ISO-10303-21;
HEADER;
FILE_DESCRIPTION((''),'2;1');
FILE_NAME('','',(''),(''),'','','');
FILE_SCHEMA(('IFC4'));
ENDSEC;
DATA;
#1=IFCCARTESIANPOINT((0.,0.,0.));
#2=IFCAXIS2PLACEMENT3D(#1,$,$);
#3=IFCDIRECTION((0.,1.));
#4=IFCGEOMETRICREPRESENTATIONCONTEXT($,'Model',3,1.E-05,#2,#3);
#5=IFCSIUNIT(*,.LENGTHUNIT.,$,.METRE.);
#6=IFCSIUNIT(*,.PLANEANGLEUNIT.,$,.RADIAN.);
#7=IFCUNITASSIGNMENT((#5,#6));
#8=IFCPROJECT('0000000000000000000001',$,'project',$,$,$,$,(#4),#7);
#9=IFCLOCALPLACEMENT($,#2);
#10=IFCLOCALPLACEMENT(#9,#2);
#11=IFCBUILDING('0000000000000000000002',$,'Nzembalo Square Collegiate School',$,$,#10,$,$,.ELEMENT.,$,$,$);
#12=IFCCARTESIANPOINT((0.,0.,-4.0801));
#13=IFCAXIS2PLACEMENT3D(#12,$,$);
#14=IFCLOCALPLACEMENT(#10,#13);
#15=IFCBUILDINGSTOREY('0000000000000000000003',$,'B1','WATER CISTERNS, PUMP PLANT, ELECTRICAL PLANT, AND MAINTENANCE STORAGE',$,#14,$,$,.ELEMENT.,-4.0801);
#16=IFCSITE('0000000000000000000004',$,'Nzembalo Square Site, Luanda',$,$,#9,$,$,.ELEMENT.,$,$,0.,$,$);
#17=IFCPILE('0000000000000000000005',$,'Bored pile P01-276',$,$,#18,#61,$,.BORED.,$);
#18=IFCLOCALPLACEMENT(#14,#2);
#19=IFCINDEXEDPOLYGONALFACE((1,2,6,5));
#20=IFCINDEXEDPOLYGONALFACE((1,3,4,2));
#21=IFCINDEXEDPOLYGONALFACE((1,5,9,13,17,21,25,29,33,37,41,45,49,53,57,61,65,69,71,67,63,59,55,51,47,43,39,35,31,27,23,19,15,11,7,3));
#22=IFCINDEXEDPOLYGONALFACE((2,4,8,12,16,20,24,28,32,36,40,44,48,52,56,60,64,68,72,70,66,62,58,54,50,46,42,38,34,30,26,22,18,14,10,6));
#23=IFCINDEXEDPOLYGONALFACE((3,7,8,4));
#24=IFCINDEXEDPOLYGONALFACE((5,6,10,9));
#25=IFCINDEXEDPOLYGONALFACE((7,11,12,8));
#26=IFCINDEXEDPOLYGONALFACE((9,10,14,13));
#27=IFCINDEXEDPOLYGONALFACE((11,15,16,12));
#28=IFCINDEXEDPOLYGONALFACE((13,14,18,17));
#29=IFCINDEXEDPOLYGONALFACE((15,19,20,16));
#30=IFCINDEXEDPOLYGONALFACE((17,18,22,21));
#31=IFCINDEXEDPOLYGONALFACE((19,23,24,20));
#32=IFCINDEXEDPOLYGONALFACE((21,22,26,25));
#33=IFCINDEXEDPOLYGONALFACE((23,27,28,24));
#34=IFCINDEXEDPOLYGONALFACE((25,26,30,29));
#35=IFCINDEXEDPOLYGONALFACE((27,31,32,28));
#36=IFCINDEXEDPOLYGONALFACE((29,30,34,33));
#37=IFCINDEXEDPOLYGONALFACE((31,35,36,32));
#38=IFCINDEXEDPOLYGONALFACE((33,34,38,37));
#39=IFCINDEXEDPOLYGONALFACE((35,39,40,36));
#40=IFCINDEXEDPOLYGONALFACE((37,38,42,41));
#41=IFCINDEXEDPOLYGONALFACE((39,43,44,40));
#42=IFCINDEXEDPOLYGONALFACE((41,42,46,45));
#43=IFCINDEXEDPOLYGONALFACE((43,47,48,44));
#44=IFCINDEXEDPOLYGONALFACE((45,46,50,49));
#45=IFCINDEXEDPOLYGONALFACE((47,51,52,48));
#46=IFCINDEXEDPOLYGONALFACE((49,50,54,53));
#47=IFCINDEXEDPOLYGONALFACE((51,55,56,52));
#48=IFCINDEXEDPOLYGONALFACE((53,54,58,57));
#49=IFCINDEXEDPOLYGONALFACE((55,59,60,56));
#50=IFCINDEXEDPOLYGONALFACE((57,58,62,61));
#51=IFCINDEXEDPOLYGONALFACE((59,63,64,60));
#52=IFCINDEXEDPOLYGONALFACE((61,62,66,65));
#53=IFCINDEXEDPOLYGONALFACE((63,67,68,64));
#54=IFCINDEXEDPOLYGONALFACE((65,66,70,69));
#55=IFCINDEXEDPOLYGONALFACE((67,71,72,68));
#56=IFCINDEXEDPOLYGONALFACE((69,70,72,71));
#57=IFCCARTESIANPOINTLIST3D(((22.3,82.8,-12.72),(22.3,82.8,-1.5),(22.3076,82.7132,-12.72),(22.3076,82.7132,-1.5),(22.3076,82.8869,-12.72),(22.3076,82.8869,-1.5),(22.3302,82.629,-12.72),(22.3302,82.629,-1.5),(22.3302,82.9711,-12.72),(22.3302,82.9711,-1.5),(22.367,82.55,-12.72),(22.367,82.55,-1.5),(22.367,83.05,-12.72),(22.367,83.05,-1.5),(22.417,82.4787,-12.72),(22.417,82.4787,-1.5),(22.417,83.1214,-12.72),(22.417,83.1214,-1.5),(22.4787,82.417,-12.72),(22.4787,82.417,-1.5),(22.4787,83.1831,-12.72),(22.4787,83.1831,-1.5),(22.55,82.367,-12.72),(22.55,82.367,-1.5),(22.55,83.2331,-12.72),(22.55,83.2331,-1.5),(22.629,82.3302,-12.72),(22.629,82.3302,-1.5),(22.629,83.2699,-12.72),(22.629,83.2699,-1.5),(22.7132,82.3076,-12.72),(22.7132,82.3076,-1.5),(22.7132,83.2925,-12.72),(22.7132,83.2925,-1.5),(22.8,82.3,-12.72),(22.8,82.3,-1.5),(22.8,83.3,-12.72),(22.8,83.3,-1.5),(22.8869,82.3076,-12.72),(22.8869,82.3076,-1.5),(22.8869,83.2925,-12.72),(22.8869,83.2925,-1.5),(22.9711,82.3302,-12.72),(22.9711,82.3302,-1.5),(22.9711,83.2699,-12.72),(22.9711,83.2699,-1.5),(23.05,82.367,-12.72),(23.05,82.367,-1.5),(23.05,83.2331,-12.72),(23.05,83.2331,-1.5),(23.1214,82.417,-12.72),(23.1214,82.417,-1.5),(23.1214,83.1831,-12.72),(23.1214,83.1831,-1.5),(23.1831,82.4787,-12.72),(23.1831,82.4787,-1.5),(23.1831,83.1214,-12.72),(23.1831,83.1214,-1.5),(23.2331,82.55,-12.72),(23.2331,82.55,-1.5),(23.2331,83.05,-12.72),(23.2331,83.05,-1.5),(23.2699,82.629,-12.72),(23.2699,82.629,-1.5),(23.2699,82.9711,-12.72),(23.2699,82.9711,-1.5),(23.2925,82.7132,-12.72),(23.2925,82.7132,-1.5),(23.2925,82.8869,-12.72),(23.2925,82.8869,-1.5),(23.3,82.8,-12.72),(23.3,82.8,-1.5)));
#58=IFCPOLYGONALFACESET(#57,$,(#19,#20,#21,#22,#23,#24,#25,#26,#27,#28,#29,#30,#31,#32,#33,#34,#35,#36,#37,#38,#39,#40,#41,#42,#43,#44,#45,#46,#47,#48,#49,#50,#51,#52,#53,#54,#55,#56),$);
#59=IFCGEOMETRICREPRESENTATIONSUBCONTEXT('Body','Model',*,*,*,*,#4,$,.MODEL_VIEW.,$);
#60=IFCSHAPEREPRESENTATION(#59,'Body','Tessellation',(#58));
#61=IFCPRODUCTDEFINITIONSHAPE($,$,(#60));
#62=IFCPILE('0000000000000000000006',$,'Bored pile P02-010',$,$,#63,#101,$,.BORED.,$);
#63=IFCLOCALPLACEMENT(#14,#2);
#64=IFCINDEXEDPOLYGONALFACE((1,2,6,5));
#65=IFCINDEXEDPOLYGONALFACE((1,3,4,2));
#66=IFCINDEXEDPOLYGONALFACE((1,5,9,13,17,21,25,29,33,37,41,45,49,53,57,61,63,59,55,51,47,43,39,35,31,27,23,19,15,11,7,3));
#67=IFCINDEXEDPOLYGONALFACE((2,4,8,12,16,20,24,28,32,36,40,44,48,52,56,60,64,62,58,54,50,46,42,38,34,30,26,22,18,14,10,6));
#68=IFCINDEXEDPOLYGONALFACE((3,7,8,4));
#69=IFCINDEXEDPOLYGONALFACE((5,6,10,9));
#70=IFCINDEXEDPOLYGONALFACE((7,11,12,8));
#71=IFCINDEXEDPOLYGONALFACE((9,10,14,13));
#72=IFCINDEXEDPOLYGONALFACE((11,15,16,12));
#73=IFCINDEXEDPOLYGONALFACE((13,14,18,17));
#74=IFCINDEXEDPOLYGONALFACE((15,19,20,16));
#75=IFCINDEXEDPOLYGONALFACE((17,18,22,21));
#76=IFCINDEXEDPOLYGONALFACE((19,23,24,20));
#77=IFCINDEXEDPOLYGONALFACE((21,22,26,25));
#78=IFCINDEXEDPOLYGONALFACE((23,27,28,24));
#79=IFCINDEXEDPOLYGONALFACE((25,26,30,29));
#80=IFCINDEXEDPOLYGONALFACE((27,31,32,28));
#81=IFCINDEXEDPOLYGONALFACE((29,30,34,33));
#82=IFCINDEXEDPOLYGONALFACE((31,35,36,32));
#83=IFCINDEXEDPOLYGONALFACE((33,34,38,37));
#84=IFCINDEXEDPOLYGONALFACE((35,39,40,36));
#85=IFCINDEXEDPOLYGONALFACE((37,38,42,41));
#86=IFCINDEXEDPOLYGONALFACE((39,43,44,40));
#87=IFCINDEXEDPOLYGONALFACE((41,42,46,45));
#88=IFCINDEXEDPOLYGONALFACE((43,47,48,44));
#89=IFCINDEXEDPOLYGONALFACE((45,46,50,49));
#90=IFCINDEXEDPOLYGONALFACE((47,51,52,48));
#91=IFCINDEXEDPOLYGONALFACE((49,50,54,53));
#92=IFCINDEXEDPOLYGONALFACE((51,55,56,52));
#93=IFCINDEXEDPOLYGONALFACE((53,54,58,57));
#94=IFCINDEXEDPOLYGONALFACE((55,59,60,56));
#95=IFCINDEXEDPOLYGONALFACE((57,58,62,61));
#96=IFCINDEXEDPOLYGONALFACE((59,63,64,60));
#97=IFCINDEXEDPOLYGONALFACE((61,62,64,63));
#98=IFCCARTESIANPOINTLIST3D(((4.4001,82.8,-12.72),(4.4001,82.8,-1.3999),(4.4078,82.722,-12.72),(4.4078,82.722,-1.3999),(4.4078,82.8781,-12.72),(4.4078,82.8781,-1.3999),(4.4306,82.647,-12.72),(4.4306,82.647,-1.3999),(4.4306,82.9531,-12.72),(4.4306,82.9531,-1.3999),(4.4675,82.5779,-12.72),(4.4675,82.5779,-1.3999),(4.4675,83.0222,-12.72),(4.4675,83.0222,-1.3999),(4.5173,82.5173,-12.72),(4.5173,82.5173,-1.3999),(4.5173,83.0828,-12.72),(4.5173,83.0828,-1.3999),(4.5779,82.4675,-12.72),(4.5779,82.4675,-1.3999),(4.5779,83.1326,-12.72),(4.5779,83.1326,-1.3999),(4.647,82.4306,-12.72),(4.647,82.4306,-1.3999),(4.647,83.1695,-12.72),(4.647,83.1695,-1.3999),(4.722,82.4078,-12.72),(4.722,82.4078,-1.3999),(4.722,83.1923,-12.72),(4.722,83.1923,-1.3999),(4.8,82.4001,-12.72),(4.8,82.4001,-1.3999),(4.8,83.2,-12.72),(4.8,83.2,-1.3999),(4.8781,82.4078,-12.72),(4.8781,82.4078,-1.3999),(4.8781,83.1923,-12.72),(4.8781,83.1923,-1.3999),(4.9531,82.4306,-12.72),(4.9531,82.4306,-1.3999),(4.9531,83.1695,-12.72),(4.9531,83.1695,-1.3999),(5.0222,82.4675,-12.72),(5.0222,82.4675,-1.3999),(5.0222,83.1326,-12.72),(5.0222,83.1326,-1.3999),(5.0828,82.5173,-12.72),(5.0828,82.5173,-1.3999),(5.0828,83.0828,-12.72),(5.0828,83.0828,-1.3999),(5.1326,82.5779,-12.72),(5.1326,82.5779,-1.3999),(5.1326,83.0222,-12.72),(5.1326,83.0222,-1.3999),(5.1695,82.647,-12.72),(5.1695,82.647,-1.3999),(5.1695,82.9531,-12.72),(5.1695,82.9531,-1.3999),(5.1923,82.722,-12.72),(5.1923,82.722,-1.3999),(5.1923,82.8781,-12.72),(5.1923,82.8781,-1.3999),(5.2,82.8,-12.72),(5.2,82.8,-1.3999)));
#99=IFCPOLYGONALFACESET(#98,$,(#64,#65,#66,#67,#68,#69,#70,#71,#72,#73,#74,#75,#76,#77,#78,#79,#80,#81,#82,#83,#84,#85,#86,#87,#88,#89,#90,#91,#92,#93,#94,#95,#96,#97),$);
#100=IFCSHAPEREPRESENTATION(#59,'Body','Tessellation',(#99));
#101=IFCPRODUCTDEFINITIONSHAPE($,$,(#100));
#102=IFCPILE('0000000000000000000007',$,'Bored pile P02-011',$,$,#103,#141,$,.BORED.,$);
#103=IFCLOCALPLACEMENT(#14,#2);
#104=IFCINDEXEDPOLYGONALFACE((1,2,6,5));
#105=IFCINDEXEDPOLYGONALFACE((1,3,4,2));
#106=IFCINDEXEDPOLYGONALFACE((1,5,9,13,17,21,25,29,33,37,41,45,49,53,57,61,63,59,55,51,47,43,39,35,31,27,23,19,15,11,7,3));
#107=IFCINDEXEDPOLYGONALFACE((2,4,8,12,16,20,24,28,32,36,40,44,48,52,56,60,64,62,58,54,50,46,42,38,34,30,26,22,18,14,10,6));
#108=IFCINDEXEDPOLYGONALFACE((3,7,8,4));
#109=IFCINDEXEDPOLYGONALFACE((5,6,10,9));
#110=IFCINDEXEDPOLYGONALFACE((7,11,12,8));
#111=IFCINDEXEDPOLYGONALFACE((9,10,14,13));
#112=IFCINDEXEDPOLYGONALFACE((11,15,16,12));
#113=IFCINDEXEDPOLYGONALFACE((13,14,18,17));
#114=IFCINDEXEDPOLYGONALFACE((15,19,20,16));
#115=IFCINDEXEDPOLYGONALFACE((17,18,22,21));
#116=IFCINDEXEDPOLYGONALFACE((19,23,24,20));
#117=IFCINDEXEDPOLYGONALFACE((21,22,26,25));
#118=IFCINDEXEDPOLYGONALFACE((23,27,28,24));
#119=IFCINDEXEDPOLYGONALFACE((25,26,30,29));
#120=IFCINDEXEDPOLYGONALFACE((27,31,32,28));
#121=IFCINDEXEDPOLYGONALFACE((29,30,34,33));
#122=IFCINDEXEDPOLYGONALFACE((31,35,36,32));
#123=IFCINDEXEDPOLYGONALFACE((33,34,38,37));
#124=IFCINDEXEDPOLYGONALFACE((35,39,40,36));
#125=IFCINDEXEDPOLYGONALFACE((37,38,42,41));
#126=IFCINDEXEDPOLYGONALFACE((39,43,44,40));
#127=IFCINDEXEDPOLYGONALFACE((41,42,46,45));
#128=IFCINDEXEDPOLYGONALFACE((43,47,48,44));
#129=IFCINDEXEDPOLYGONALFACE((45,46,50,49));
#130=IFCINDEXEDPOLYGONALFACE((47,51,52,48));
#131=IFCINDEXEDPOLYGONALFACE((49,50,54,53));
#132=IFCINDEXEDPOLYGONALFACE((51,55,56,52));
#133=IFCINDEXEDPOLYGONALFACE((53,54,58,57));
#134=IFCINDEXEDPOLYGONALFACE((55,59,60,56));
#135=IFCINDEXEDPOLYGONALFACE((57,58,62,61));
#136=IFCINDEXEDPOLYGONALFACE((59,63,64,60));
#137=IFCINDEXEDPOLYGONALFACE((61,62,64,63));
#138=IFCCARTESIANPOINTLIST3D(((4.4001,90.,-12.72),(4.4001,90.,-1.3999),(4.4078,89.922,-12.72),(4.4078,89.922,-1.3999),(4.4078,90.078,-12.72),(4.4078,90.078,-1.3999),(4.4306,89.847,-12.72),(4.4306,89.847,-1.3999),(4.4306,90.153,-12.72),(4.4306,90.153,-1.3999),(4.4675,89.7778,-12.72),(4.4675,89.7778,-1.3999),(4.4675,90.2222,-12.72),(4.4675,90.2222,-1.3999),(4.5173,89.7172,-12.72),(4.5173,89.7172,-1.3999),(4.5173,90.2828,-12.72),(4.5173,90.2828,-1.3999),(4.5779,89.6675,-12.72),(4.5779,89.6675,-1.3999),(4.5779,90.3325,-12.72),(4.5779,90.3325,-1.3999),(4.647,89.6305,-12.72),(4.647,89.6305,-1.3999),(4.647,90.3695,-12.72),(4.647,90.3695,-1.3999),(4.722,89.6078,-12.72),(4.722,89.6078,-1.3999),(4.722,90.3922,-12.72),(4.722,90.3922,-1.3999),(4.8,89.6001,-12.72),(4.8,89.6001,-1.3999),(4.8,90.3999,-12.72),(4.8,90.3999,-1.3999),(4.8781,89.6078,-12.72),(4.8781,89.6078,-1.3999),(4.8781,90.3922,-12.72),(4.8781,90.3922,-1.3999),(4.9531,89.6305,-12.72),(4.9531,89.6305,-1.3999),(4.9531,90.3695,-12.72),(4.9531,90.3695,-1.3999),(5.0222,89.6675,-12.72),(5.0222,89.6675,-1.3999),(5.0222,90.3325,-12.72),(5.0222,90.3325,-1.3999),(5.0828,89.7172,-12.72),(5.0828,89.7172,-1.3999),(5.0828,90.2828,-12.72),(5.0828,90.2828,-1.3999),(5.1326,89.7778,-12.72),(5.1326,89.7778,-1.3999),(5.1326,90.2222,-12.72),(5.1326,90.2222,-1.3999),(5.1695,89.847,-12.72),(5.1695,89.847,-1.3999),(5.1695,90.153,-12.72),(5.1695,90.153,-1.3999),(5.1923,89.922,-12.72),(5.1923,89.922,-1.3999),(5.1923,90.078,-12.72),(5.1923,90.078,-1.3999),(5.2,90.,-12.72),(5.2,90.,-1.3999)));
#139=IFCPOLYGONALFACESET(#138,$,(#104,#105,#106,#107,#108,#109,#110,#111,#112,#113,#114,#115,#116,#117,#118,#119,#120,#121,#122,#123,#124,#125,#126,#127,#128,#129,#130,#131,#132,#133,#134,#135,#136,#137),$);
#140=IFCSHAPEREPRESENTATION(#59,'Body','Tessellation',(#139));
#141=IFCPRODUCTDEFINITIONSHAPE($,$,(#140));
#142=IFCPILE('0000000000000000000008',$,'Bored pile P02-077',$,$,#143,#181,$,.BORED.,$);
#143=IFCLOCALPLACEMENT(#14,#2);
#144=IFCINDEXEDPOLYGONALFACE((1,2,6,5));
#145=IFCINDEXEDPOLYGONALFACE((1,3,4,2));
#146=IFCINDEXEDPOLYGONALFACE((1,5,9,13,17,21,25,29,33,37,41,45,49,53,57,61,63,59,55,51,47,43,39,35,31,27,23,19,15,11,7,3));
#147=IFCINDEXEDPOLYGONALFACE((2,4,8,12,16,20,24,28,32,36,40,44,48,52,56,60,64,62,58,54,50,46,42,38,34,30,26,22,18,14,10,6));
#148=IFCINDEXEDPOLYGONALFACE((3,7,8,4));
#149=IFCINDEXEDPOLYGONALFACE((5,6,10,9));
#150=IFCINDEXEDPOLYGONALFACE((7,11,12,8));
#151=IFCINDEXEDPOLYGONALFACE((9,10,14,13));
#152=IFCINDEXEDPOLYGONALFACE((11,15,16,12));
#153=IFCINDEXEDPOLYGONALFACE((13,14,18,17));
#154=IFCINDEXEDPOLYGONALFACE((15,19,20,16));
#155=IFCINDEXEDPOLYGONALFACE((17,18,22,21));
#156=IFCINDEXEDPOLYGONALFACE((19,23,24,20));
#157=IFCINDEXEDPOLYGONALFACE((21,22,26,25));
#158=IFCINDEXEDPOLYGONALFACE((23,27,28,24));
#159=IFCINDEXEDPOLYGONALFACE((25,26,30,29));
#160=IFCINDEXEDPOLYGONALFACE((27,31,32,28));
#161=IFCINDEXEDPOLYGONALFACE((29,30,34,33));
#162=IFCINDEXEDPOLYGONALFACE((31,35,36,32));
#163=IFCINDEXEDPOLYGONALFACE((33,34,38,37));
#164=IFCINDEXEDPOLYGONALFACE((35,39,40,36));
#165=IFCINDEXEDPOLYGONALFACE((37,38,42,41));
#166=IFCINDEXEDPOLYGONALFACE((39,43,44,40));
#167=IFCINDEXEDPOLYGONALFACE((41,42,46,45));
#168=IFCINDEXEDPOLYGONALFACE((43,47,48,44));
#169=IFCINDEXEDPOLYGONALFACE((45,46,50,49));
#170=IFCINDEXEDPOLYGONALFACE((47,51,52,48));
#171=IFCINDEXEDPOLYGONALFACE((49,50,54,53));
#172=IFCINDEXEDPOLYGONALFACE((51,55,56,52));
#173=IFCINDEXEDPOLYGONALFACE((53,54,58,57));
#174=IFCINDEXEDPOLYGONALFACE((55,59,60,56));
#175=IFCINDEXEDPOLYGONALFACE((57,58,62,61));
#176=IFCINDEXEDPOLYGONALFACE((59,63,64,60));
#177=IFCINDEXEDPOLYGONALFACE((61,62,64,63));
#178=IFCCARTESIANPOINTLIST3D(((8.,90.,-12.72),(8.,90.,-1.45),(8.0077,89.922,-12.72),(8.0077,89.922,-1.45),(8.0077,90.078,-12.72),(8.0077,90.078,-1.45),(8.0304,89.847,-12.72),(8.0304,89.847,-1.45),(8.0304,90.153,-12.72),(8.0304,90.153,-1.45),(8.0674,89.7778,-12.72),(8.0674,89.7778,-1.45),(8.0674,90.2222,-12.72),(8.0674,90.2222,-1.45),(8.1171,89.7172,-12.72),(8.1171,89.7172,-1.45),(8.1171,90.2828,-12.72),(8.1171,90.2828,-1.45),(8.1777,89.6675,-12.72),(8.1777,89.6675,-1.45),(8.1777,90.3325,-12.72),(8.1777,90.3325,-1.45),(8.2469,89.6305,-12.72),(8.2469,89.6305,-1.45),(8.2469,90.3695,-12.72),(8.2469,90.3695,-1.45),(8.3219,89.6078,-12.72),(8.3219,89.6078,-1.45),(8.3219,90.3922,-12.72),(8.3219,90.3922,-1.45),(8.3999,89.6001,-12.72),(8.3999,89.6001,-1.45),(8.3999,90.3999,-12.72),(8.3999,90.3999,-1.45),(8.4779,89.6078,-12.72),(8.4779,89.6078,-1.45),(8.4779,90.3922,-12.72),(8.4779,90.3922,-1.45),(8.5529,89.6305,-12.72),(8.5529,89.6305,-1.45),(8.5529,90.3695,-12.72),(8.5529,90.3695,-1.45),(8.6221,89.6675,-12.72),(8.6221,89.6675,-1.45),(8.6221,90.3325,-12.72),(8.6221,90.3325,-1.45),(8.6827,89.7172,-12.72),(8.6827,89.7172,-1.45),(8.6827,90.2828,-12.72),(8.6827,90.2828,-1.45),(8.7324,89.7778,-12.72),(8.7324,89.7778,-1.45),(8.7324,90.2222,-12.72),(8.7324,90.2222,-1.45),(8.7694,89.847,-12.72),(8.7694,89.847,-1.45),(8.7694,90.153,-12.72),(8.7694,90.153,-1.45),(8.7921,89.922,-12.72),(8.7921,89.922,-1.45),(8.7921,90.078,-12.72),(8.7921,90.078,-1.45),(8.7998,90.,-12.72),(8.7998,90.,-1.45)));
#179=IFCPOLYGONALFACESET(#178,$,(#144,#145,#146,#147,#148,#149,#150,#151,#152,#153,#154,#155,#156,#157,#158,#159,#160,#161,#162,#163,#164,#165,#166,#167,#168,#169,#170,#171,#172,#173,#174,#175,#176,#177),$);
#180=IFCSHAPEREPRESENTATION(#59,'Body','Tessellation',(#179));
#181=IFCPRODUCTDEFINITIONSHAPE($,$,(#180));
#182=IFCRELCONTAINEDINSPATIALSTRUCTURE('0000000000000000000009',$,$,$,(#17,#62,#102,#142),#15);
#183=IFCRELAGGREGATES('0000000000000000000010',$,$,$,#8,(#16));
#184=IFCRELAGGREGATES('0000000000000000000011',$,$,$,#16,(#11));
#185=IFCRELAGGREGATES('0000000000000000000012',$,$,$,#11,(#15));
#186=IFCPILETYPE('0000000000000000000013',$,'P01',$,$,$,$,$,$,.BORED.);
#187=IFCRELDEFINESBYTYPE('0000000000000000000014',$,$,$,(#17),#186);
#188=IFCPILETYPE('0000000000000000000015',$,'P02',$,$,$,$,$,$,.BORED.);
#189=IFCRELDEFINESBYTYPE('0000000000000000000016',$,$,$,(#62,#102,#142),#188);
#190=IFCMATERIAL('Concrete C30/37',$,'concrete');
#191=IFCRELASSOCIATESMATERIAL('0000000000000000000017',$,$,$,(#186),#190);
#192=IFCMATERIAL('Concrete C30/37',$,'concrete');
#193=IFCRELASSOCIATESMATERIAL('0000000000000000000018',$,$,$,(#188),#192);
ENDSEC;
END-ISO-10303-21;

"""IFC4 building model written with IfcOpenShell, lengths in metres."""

from ifc_helpers import new_model, si_unit, direction, frame, origin, origin_2d, place, context, subcontext, project, spatial, circle, extrude, material, material_profile, profile_set, type_object, element, save


model = new_model("IFC4")

# Units and contexts
model_context = context("Model", 3, precision=1e-05, world=origin(), true_north=direction((0.0, 1.0)))
body_context = subcontext(model_context, "Body", "Model", "MODEL_VIEW")
ifc_project = project(units=[si_unit("LENGTHUNIT", "METRE"), si_unit("PLANEANGLEUNIT", "RADIAN")], contexts=[model_context])

# Site, building, storey
site_placement = place(None, origin())
site = spatial("IfcSite", under=ifc_project, at=site_placement, Name="Nzembalo Square Site, Luanda", CompositionType="ELEMENT", RefElevation=0.0)
building_placement = place(site_placement, origin())
building = spatial("IfcBuilding", under=site, at=building_placement, Name="Nzembalo Square Collegiate School", CompositionType="ELEMENT")
storey_placement = place(building_placement, frame((0.0, 0.0, -4.0801)))
storey = spatial("IfcBuildingStorey", under=building, at=storey_placement, Name="B1", Description="WATER CISTERNS, PUMP PLANT, ELECTRICAL PLANT, AND MAINTENANCE STORAGE", CompositionType="ELEMENT", Elevation=-4.0801)

# Piles
ifc_material_1 = material(Name="Concrete C30/37", Category="concrete")
ifc_material_profile_1 = material_profile(ifc_material_1, circle(Radius=0.5, at=origin_2d()), Name="PILE D1000")
ifc_profile_set_1 = profile_set([ifc_material_profile_1], Name="Concrete C30/37")
pile_type_1 = type_object("IfcPileType", Name="P01", PredefinedType="BORED", material=ifc_profile_set_1)
for number, where, z_axis, x_axis, name in (
    (1, (22.8, 82.8, -1.5), (0.0, 0.0, -1.0), (1.0, 0.0, 0.0), "Bored pile P01-276"),
):
    element("IfcPile", number, at=place(storey_placement, frame(where, z_axis=z_axis, x_axis=x_axis)), inside=storey, type_object=pile_type_1, Name=name, PredefinedType="BORED", context=body_context, shape_type="SweptSolid", body=[
        extrude(circle(Radius=0.5, at=origin_2d()), origin(), (0.0, 0.0, 1.0), 11.22),
    ])
ifc_material_2 = material(Name="Concrete C30/37", Category="concrete")
ifc_material_profile_2 = material_profile(ifc_material_2, circle(Radius=0.3999, at=origin_2d()), Name="PILE D800")
ifc_profile_set_2 = profile_set([ifc_material_profile_2], Name="Concrete C30/37")
pile_type_2 = type_object("IfcPileType", Name="P02", PredefinedType="BORED", material=ifc_profile_set_2)
for number, where, z_axis, x_axis, name in (
    (2, (4.8, 82.8, -1.3999), (0.0, 0.0, -1.0), (1.0, 0.0, 0.0), "Bored pile P02-010"),
    (3, (4.8, 90.0, -1.3999), (0.0, 0.0, -1.0), (1.0, 0.0, 0.0), "Bored pile P02-011"),
):
    element("IfcPile", number, at=place(storey_placement, frame(where, z_axis=z_axis, x_axis=x_axis)), inside=storey, type_object=pile_type_2, Name=name, PredefinedType="BORED", context=body_context, shape_type="SweptSolid", body=[
        extrude(circle(Radius=0.3999, at=origin_2d()), origin(), (0.0, 0.0, 1.0), 11.3201),
    ])
for number, where, z_axis, x_axis, name in (
    (4, (8.3999, 90.0, -1.45), (0.0, 0.0, -1.0), (1.0, 0.0, 0.0), "Bored pile P02-077"),
):
    element("IfcPile", number, at=place(storey_placement, frame(where, z_axis=z_axis, x_axis=x_axis)), inside=storey, type_object=pile_type_2, Name=name, PredefinedType="BORED", context=body_context, shape_type="SweptSolid", body=[
        extrude(circle(Radius=0.3999, at=origin_2d()), origin(), (0.0, 0.0, 1.0), 11.27),
    ])

save(model, "model.ifc")
